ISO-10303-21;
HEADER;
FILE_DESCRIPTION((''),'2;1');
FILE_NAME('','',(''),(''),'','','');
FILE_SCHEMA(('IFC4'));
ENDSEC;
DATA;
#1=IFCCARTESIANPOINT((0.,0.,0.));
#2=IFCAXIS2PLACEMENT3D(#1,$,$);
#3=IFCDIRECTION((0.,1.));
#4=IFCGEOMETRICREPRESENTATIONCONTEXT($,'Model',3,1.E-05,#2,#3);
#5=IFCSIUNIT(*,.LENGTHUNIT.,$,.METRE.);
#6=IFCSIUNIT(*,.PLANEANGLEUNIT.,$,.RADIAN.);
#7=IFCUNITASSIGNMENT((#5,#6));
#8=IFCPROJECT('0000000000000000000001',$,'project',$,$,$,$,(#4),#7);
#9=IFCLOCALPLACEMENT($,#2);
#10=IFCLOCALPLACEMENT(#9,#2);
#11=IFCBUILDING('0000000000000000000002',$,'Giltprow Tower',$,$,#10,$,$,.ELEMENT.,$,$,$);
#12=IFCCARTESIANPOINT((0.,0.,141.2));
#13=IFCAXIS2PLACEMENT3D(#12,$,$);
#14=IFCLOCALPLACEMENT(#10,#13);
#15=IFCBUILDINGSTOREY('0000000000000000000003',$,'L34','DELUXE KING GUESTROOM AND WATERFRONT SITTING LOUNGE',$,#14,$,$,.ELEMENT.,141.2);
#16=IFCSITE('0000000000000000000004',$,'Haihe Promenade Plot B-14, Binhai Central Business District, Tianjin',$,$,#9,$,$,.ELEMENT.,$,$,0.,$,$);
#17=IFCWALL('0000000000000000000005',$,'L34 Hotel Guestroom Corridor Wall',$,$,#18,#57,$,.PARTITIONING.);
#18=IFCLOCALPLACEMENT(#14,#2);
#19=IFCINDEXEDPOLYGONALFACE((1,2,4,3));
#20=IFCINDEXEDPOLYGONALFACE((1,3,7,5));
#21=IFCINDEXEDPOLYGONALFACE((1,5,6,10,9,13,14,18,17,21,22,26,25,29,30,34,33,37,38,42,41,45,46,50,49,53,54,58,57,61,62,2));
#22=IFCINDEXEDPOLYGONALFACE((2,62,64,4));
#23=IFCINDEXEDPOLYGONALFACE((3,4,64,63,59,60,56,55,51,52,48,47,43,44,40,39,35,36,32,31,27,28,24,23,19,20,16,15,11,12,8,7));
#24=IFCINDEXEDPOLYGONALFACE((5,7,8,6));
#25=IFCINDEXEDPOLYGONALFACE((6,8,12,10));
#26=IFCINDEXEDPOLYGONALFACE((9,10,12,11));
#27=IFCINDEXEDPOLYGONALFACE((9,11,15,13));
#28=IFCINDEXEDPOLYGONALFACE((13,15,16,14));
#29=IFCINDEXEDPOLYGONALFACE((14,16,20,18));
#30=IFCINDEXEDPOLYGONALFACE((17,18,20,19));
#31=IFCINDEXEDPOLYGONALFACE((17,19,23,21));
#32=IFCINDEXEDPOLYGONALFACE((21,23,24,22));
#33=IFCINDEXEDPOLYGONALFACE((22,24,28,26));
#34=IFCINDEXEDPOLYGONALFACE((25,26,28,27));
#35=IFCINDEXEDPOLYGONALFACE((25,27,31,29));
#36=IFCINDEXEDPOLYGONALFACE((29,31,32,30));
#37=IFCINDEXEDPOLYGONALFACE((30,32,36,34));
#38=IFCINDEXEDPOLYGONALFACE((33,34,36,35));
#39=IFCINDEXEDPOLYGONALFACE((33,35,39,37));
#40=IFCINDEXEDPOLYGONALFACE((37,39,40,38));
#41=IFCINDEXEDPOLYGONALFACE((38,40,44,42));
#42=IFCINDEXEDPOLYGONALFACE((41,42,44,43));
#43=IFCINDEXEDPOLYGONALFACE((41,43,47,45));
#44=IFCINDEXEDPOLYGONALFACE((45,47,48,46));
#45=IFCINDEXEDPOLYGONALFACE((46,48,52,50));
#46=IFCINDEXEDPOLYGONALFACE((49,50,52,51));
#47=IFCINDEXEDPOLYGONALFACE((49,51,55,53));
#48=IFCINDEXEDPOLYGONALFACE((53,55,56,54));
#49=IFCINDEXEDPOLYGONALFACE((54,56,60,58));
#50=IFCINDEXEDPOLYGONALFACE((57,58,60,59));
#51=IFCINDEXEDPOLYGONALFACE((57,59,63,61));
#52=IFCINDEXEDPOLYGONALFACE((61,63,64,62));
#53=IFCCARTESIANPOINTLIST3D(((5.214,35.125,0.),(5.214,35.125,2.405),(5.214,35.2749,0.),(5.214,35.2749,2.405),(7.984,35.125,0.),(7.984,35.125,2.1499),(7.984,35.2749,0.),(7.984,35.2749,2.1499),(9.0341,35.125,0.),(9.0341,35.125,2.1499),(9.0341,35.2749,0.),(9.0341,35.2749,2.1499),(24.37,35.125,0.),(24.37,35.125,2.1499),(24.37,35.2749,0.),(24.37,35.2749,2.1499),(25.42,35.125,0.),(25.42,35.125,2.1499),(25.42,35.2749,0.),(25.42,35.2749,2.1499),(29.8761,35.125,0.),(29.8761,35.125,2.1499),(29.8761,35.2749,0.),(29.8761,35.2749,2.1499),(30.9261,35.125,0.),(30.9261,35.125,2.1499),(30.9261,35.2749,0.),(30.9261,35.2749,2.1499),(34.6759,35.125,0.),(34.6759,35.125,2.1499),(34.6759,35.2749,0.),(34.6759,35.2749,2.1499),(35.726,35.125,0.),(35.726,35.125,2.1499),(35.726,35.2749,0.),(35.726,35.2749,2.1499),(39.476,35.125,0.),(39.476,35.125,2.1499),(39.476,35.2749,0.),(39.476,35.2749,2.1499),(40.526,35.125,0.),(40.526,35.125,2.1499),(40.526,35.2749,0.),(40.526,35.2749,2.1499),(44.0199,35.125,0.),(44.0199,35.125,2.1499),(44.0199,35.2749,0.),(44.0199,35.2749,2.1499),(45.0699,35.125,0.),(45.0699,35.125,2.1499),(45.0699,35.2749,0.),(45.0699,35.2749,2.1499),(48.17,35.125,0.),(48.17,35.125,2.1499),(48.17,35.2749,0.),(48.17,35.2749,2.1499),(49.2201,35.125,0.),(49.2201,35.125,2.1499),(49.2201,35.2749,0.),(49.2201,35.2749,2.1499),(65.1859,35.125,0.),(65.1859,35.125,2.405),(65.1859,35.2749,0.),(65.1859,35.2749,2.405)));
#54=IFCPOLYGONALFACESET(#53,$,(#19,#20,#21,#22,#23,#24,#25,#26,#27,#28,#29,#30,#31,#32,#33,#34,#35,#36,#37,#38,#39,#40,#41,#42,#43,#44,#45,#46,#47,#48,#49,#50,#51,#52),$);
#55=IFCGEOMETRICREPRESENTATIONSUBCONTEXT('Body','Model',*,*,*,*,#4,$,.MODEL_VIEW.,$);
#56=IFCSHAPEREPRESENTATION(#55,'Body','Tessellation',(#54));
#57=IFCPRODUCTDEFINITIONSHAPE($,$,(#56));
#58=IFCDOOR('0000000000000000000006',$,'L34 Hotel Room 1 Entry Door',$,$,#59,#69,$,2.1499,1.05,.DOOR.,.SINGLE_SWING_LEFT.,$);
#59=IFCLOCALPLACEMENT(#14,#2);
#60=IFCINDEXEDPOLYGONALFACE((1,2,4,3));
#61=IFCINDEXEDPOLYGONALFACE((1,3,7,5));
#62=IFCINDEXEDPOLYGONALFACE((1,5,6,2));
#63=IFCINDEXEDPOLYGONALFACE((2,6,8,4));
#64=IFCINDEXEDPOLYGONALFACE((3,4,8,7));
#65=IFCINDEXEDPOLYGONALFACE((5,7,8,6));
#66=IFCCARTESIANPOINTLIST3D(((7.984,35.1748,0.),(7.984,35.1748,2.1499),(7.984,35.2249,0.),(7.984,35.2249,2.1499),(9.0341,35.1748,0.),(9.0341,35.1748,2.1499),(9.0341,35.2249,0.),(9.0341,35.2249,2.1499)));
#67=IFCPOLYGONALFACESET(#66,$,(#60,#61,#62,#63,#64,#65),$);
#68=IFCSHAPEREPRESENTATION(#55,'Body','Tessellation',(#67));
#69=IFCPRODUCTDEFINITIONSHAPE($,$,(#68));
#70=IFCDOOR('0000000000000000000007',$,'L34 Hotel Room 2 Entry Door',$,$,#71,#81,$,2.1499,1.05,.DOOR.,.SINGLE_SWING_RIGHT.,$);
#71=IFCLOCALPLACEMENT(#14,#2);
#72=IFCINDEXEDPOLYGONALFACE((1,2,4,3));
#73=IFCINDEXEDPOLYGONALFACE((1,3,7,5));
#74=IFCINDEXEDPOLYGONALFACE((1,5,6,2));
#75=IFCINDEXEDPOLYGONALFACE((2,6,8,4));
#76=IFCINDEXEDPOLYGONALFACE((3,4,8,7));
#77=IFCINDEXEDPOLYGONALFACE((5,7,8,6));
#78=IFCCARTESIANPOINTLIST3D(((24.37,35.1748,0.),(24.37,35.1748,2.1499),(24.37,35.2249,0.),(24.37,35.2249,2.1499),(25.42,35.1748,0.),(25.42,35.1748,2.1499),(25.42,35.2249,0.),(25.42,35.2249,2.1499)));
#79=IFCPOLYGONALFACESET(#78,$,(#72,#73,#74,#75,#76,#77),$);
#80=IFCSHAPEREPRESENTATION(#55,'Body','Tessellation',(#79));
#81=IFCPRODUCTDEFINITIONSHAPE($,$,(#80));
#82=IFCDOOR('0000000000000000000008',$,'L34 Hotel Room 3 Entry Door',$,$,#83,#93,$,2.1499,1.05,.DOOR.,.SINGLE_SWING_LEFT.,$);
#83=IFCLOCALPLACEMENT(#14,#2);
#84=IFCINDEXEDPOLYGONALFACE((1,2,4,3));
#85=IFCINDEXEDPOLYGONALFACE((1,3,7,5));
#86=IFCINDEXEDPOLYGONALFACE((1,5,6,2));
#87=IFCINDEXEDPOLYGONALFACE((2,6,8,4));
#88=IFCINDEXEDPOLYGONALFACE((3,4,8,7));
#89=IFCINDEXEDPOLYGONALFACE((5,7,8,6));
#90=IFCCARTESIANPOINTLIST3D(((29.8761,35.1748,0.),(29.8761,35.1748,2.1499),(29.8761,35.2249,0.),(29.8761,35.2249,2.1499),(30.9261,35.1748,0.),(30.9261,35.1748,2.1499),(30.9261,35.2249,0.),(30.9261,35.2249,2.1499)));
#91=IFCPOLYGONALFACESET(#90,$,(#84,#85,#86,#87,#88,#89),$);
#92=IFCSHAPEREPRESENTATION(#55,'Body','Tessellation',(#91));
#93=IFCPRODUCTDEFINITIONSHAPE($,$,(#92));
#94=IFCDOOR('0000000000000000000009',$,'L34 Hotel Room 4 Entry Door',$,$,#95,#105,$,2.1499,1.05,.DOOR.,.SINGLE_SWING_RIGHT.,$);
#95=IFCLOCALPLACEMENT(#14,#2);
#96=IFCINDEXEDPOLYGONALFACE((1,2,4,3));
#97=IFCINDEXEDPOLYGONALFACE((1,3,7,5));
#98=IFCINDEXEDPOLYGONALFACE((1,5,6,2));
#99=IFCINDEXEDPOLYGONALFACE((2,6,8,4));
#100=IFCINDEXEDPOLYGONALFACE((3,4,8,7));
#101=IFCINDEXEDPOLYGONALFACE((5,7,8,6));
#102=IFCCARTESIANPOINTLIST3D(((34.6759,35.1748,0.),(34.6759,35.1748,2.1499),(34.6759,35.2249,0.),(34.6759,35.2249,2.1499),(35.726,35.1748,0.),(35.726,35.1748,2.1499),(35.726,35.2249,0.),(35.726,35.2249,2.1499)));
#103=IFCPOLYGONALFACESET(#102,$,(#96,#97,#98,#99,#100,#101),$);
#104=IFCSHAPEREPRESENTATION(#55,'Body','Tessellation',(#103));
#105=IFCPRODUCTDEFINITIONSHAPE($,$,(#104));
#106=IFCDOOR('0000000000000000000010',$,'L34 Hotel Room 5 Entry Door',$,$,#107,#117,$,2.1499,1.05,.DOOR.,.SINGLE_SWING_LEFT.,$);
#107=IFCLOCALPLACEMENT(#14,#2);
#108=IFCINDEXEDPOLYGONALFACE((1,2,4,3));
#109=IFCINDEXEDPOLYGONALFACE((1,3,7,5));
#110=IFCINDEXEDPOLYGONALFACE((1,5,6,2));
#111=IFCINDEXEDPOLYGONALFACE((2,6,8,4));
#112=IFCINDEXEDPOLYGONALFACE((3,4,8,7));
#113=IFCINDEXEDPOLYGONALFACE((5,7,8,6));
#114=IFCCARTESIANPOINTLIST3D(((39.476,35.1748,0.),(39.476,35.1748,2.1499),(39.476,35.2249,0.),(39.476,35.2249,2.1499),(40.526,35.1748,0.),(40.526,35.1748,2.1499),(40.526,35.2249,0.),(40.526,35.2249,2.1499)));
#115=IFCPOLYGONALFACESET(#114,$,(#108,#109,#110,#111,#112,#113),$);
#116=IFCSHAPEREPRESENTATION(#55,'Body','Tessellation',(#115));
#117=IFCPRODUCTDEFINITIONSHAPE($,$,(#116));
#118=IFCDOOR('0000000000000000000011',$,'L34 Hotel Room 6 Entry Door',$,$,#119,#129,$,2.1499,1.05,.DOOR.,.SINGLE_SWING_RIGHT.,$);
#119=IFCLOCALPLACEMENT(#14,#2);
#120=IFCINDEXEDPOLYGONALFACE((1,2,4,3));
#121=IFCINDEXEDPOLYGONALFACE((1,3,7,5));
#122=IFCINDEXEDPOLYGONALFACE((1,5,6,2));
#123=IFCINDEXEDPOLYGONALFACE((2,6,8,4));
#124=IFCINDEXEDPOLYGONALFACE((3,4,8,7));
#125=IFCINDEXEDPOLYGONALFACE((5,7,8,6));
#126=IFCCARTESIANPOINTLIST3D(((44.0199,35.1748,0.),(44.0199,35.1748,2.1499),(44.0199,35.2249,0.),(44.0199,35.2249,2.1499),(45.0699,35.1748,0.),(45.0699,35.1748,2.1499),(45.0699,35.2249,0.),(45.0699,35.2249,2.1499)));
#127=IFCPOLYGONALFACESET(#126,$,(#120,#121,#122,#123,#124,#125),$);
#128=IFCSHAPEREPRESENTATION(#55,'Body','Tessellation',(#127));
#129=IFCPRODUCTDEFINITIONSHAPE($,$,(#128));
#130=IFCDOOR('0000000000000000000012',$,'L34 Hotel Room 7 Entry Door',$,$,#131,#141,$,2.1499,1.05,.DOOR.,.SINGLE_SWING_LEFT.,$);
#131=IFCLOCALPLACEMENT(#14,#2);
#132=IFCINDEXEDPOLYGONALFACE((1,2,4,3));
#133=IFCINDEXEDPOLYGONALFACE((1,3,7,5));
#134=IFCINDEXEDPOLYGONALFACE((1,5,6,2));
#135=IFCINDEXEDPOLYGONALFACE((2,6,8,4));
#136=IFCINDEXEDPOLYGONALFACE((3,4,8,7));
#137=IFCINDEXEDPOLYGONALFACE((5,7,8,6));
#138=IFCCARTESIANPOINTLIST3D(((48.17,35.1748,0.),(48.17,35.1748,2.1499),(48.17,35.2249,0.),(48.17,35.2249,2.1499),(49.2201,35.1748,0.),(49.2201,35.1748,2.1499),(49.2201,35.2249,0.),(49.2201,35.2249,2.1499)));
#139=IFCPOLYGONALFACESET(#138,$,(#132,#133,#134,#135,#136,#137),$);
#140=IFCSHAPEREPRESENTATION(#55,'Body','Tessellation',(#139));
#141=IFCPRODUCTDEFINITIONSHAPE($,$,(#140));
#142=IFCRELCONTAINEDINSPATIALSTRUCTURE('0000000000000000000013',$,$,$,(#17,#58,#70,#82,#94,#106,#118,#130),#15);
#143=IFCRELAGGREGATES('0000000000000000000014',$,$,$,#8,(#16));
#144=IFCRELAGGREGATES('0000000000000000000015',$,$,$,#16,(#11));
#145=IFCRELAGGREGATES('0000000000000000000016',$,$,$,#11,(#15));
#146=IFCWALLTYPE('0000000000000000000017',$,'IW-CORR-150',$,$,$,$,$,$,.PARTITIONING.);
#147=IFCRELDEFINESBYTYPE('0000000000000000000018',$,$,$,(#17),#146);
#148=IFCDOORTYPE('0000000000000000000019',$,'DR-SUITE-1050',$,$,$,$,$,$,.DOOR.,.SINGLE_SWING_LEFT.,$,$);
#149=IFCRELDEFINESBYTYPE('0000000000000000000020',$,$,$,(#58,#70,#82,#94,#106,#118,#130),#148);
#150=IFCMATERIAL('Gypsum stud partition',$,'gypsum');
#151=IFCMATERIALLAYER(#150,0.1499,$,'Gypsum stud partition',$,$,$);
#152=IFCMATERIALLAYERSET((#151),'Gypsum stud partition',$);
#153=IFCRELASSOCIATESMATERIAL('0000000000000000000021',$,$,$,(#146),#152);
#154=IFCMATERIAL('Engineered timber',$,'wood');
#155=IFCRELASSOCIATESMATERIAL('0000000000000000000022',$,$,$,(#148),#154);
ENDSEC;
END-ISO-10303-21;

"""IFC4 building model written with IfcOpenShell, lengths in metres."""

from ifc_helpers import new_model, si_unit, direction, frame, frame_2d, origin, place, context, subcontext, project, spatial, rectangle, extrude, source, transform, mapped, material, layer, layer_set, type_object, element, fill, save


model = new_model("IFC4")

# Units and contexts
model_context = context("Model", 3, precision=1e-05, world=origin(), true_north=direction((0.0, 1.0)))
body_context = subcontext(model_context, "Body", "Model", "MODEL_VIEW")
ifc_project = project(units=[si_unit("LENGTHUNIT", "METRE"), si_unit("PLANEANGLEUNIT", "RADIAN")], contexts=[model_context])

# Site, building, storey
site_placement = place(None, origin())
site = spatial("IfcSite", under=ifc_project, at=site_placement, Name="Haihe Promenade Plot B-14, Binhai Central Business District, Tianjin", CompositionType="ELEMENT", RefElevation=0.0)
building_placement = place(site_placement, origin())
building = spatial("IfcBuilding", under=site, at=building_placement, Name="Giltprow Tower", CompositionType="ELEMENT")
storey_placement = place(building_placement, frame((0.0, 0.0, 141.2)))
storey = spatial("IfcBuildingStorey", under=building, at=storey_placement, Name="L34", Description="DELUXE KING GUESTROOM AND WATERFRONT SITTING LOUNGE", CompositionType="ELEMENT", Elevation=141.2)

# Wall, openings, doors
ifc_material_1 = material(Name="Gypsum stud partition", Category="gypsum")
ifc_layer_1 = layer(ifc_material_1, 0.1499, Name="Gypsum stud partition")
ifc_layer_set_1 = layer_set([ifc_layer_1], Name="Gypsum stud partition")
wall_type_1 = type_object("IfcWallType", Name="IW-CORR-150", PredefinedType="PARTITIONING", material=ifc_layer_set_1)
wall_1_placement = place(storey_placement, frame((5.2141, 35.2, 0.0), z_axis=(0.0, 0.0, 1.0), x_axis=(1.0, 0.0, 0.0)))
wall_1 = element("IfcWall", 1, at=wall_1_placement, inside=storey, type_object=wall_type_1, Name="L34 Hotel Guestroom Corridor Wall", PredefinedType="PARTITIONING", context=body_context, shape_type="SweptSolid", body=[
    extrude(rectangle(XDim=59.9719, YDim=0.1499, at=frame_2d((29.9858, 0.0))), origin(), (0.0, 0.0, 1.0), 2.405),
])
opening_1_placement = place(wall_1_placement, frame((2.77, 0.0, 0.0)))
opening_1 = element("IfcOpeningElement", 2, at=opening_1_placement, cuts=wall_1, PredefinedType="OPENING", context=body_context, shape_type="SweptSolid", body=[
    extrude(rectangle(XDim=1.05, YDim=2.1499, at=frame_2d((0.5249, 1.075))), frame((0.0, 0.085, 0.0), z_axis=(0.0, -1.0, 0.0), x_axis=(1.0, 0.0, 0.0)), (0.0, 0.0, 1.0), 0.1699),
])
opening_2_placement = place(wall_1_placement, frame((19.156, 0.0, 0.0)))
opening_2 = element("IfcOpeningElement", 3, at=opening_2_placement, cuts=wall_1, PredefinedType="OPENING", context=body_context, shape_type="SweptSolid", body=[
    extrude(rectangle(XDim=1.05, YDim=2.1499, at=frame_2d((0.5249, 1.075))), frame((0.0, 0.085, 0.0), z_axis=(0.0, -1.0, 0.0), x_axis=(1.0, 0.0, 0.0)), (0.0, 0.0, 1.0), 0.1699),
])
opening_3_placement = place(wall_1_placement, frame((24.6621, 0.0, 0.0)))
opening_3 = element("IfcOpeningElement", 4, at=opening_3_placement, cuts=wall_1, PredefinedType="OPENING", context=body_context, shape_type="SweptSolid", body=[
    extrude(rectangle(XDim=1.05, YDim=2.1499, at=frame_2d((0.5249, 1.075))), frame((0.0, 0.085, 0.0), z_axis=(0.0, -1.0, 0.0), x_axis=(1.0, 0.0, 0.0)), (0.0, 0.0, 1.0), 0.1699),
])
opening_4_placement = place(wall_1_placement, frame((29.4619, 0.0, 0.0)))
opening_4 = element("IfcOpeningElement", 5, at=opening_4_placement, cuts=wall_1, PredefinedType="OPENING", context=body_context, shape_type="SweptSolid", body=[
    extrude(rectangle(XDim=1.05, YDim=2.1499, at=frame_2d((0.5249, 1.075))), frame((0.0, 0.085, 0.0), z_axis=(0.0, -1.0, 0.0), x_axis=(1.0, 0.0, 0.0)), (0.0, 0.0, 1.0), 0.1699),
])
opening_5_placement = place(wall_1_placement, frame((34.262, 0.0, 0.0)))
opening_5 = element("IfcOpeningElement", 6, at=opening_5_placement, cuts=wall_1, PredefinedType="OPENING", context=body_context, shape_type="SweptSolid", body=[
    extrude(rectangle(XDim=1.05, YDim=2.1499, at=frame_2d((0.5249, 1.075))), frame((0.0, 0.085, 0.0), z_axis=(0.0, -1.0, 0.0), x_axis=(1.0, 0.0, 0.0)), (0.0, 0.0, 1.0), 0.1699),
])
opening_6_placement = place(wall_1_placement, frame((38.8059, 0.0, 0.0)))
opening_6 = element("IfcOpeningElement", 7, at=opening_6_placement, cuts=wall_1, PredefinedType="OPENING", context=body_context, shape_type="SweptSolid", body=[
    extrude(rectangle(XDim=1.05, YDim=2.1499, at=frame_2d((0.5249, 1.075))), frame((0.0, 0.085, 0.0), z_axis=(0.0, -1.0, 0.0), x_axis=(1.0, 0.0, 0.0)), (0.0, 0.0, 1.0), 0.1699),
])
opening_7_placement = place(wall_1_placement, frame((42.9561, 0.0, 0.0)))
opening_7 = element("IfcOpeningElement", 8, at=opening_7_placement, cuts=wall_1, PredefinedType="OPENING", context=body_context, shape_type="SweptSolid", body=[
    extrude(rectangle(XDim=1.05, YDim=2.1499, at=frame_2d((0.5249, 1.075))), frame((0.0, 0.085, 0.0), z_axis=(0.0, -1.0, 0.0), x_axis=(1.0, 0.0, 0.0)), (0.0, 0.0, 1.0), 0.1699),
])
ifc_material_2 = material(Name="Engineered timber", Category="wood")
door_type_1 = type_object("IfcDoorType", Name="DR-SUITE-1050", OperationType="SINGLE_SWING_LEFT", PredefinedType="DOOR", material=ifc_material_2)
shared_shape_1 = source(origin(), body_context, "Body", "SweptSolid", [
    extrude(rectangle(XDim=1.05, YDim=2.1499, at=frame_2d((0.5249, 1.075))), frame((0.0, 0.0249, 0.0), z_axis=(0.0, -1.0, 0.0), x_axis=(1.0, 0.0, 0.0)), (0.0, 0.0, 1.0), 0.05),
])
door_1_placement = place(opening_1_placement, origin())
door_1 = element("IfcDoor", 9, at=door_1_placement, inside=storey, type_object=door_type_1, Name="L34 Hotel Room 1 Entry Door", OperationType="SINGLE_SWING_LEFT", OverallHeight=2.1499, OverallWidth=1.05, PredefinedType="DOOR", context=body_context, shape_type="MappedRepresentation", body=[
    mapped(shared_shape_1, transform((0.0, 0.0, 0.0), x_axis=(1.0, 0.0, 0.0), y_axis=(0.0, 1.0, 0.0), z_axis=(0.0, 0.0, 1.0), scale=1.0)),
])
fill(opening_1, door_1)
door_2_placement = place(opening_2_placement, origin())
door_2 = element("IfcDoor", 10, at=door_2_placement, inside=storey, type_object=door_type_1, Name="L34 Hotel Room 2 Entry Door", OperationType="SINGLE_SWING_RIGHT", OverallHeight=2.1499, OverallWidth=1.05, PredefinedType="DOOR", context=body_context, shape_type="MappedRepresentation", body=[
    mapped(shared_shape_1, transform((0.0, 0.0, 0.0), x_axis=(1.0, 0.0, 0.0), y_axis=(0.0, 1.0, 0.0), z_axis=(0.0, 0.0, 1.0), scale=1.0)),
])
fill(opening_2, door_2)
door_3_placement = place(opening_3_placement, origin())
door_3 = element("IfcDoor", 11, at=door_3_placement, inside=storey, type_object=door_type_1, Name="L34 Hotel Room 3 Entry Door", OperationType="SINGLE_SWING_LEFT", OverallHeight=2.1499, OverallWidth=1.05, PredefinedType="DOOR", context=body_context, shape_type="MappedRepresentation", body=[
    mapped(shared_shape_1, transform((0.0, 0.0, 0.0), x_axis=(1.0, 0.0, 0.0), y_axis=(0.0, 1.0, 0.0), z_axis=(0.0, 0.0, 1.0), scale=1.0)),
])
fill(opening_3, door_3)
door_4_placement = place(opening_4_placement, origin())
door_4 = element("IfcDoor", 12, at=door_4_placement, inside=storey, type_object=door_type_1, Name="L34 Hotel Room 4 Entry Door", OperationType="SINGLE_SWING_RIGHT", OverallHeight=2.1499, OverallWidth=1.05, PredefinedType="DOOR", context=body_context, shape_type="MappedRepresentation", body=[
    mapped(shared_shape_1, transform((0.0, 0.0, 0.0), x_axis=(1.0, 0.0, 0.0), y_axis=(0.0, 1.0, 0.0), z_axis=(0.0, 0.0, 1.0), scale=1.0)),
])
fill(opening_4, door_4)
door_5_placement = place(opening_5_placement, origin())
door_5 = element("IfcDoor", 13, at=door_5_placement, inside=storey, type_object=door_type_1, Name="L34 Hotel Room 5 Entry Door", OperationType="SINGLE_SWING_LEFT", OverallHeight=2.1499, OverallWidth=1.05, PredefinedType="DOOR", context=body_context, shape_type="MappedRepresentation", body=[
    mapped(shared_shape_1, transform((0.0, 0.0, 0.0), x_axis=(1.0, 0.0, 0.0), y_axis=(0.0, 1.0, 0.0), z_axis=(0.0, 0.0, 1.0), scale=1.0)),
])
fill(opening_5, door_5)
door_6_placement = place(opening_6_placement, origin())
door_6 = element("IfcDoor", 14, at=door_6_placement, inside=storey, type_object=door_type_1, Name="L34 Hotel Room 6 Entry Door", OperationType="SINGLE_SWING_RIGHT", OverallHeight=2.1499, OverallWidth=1.05, PredefinedType="DOOR", context=body_context, shape_type="MappedRepresentation", body=[
    mapped(shared_shape_1, transform((0.0, 0.0, 0.0), x_axis=(1.0, 0.0, 0.0), y_axis=(0.0, 1.0, 0.0), z_axis=(0.0, 0.0, 1.0), scale=1.0)),
])
fill(opening_6, door_6)
door_7_placement = place(opening_7_placement, origin())
door_7 = element("IfcDoor", 15, at=door_7_placement, inside=storey, type_object=door_type_1, Name="L34 Hotel Room 7 Entry Door", OperationType="SINGLE_SWING_LEFT", OverallHeight=2.1499, OverallWidth=1.05, PredefinedType="DOOR", context=body_context, shape_type="MappedRepresentation", body=[
    mapped(shared_shape_1, transform((0.0, 0.0, 0.0), x_axis=(1.0, 0.0, 0.0), y_axis=(0.0, 1.0, 0.0), z_axis=(0.0, 0.0, 1.0), scale=1.0)),
])
fill(opening_7, door_7)

save(model, "model.ifc")
